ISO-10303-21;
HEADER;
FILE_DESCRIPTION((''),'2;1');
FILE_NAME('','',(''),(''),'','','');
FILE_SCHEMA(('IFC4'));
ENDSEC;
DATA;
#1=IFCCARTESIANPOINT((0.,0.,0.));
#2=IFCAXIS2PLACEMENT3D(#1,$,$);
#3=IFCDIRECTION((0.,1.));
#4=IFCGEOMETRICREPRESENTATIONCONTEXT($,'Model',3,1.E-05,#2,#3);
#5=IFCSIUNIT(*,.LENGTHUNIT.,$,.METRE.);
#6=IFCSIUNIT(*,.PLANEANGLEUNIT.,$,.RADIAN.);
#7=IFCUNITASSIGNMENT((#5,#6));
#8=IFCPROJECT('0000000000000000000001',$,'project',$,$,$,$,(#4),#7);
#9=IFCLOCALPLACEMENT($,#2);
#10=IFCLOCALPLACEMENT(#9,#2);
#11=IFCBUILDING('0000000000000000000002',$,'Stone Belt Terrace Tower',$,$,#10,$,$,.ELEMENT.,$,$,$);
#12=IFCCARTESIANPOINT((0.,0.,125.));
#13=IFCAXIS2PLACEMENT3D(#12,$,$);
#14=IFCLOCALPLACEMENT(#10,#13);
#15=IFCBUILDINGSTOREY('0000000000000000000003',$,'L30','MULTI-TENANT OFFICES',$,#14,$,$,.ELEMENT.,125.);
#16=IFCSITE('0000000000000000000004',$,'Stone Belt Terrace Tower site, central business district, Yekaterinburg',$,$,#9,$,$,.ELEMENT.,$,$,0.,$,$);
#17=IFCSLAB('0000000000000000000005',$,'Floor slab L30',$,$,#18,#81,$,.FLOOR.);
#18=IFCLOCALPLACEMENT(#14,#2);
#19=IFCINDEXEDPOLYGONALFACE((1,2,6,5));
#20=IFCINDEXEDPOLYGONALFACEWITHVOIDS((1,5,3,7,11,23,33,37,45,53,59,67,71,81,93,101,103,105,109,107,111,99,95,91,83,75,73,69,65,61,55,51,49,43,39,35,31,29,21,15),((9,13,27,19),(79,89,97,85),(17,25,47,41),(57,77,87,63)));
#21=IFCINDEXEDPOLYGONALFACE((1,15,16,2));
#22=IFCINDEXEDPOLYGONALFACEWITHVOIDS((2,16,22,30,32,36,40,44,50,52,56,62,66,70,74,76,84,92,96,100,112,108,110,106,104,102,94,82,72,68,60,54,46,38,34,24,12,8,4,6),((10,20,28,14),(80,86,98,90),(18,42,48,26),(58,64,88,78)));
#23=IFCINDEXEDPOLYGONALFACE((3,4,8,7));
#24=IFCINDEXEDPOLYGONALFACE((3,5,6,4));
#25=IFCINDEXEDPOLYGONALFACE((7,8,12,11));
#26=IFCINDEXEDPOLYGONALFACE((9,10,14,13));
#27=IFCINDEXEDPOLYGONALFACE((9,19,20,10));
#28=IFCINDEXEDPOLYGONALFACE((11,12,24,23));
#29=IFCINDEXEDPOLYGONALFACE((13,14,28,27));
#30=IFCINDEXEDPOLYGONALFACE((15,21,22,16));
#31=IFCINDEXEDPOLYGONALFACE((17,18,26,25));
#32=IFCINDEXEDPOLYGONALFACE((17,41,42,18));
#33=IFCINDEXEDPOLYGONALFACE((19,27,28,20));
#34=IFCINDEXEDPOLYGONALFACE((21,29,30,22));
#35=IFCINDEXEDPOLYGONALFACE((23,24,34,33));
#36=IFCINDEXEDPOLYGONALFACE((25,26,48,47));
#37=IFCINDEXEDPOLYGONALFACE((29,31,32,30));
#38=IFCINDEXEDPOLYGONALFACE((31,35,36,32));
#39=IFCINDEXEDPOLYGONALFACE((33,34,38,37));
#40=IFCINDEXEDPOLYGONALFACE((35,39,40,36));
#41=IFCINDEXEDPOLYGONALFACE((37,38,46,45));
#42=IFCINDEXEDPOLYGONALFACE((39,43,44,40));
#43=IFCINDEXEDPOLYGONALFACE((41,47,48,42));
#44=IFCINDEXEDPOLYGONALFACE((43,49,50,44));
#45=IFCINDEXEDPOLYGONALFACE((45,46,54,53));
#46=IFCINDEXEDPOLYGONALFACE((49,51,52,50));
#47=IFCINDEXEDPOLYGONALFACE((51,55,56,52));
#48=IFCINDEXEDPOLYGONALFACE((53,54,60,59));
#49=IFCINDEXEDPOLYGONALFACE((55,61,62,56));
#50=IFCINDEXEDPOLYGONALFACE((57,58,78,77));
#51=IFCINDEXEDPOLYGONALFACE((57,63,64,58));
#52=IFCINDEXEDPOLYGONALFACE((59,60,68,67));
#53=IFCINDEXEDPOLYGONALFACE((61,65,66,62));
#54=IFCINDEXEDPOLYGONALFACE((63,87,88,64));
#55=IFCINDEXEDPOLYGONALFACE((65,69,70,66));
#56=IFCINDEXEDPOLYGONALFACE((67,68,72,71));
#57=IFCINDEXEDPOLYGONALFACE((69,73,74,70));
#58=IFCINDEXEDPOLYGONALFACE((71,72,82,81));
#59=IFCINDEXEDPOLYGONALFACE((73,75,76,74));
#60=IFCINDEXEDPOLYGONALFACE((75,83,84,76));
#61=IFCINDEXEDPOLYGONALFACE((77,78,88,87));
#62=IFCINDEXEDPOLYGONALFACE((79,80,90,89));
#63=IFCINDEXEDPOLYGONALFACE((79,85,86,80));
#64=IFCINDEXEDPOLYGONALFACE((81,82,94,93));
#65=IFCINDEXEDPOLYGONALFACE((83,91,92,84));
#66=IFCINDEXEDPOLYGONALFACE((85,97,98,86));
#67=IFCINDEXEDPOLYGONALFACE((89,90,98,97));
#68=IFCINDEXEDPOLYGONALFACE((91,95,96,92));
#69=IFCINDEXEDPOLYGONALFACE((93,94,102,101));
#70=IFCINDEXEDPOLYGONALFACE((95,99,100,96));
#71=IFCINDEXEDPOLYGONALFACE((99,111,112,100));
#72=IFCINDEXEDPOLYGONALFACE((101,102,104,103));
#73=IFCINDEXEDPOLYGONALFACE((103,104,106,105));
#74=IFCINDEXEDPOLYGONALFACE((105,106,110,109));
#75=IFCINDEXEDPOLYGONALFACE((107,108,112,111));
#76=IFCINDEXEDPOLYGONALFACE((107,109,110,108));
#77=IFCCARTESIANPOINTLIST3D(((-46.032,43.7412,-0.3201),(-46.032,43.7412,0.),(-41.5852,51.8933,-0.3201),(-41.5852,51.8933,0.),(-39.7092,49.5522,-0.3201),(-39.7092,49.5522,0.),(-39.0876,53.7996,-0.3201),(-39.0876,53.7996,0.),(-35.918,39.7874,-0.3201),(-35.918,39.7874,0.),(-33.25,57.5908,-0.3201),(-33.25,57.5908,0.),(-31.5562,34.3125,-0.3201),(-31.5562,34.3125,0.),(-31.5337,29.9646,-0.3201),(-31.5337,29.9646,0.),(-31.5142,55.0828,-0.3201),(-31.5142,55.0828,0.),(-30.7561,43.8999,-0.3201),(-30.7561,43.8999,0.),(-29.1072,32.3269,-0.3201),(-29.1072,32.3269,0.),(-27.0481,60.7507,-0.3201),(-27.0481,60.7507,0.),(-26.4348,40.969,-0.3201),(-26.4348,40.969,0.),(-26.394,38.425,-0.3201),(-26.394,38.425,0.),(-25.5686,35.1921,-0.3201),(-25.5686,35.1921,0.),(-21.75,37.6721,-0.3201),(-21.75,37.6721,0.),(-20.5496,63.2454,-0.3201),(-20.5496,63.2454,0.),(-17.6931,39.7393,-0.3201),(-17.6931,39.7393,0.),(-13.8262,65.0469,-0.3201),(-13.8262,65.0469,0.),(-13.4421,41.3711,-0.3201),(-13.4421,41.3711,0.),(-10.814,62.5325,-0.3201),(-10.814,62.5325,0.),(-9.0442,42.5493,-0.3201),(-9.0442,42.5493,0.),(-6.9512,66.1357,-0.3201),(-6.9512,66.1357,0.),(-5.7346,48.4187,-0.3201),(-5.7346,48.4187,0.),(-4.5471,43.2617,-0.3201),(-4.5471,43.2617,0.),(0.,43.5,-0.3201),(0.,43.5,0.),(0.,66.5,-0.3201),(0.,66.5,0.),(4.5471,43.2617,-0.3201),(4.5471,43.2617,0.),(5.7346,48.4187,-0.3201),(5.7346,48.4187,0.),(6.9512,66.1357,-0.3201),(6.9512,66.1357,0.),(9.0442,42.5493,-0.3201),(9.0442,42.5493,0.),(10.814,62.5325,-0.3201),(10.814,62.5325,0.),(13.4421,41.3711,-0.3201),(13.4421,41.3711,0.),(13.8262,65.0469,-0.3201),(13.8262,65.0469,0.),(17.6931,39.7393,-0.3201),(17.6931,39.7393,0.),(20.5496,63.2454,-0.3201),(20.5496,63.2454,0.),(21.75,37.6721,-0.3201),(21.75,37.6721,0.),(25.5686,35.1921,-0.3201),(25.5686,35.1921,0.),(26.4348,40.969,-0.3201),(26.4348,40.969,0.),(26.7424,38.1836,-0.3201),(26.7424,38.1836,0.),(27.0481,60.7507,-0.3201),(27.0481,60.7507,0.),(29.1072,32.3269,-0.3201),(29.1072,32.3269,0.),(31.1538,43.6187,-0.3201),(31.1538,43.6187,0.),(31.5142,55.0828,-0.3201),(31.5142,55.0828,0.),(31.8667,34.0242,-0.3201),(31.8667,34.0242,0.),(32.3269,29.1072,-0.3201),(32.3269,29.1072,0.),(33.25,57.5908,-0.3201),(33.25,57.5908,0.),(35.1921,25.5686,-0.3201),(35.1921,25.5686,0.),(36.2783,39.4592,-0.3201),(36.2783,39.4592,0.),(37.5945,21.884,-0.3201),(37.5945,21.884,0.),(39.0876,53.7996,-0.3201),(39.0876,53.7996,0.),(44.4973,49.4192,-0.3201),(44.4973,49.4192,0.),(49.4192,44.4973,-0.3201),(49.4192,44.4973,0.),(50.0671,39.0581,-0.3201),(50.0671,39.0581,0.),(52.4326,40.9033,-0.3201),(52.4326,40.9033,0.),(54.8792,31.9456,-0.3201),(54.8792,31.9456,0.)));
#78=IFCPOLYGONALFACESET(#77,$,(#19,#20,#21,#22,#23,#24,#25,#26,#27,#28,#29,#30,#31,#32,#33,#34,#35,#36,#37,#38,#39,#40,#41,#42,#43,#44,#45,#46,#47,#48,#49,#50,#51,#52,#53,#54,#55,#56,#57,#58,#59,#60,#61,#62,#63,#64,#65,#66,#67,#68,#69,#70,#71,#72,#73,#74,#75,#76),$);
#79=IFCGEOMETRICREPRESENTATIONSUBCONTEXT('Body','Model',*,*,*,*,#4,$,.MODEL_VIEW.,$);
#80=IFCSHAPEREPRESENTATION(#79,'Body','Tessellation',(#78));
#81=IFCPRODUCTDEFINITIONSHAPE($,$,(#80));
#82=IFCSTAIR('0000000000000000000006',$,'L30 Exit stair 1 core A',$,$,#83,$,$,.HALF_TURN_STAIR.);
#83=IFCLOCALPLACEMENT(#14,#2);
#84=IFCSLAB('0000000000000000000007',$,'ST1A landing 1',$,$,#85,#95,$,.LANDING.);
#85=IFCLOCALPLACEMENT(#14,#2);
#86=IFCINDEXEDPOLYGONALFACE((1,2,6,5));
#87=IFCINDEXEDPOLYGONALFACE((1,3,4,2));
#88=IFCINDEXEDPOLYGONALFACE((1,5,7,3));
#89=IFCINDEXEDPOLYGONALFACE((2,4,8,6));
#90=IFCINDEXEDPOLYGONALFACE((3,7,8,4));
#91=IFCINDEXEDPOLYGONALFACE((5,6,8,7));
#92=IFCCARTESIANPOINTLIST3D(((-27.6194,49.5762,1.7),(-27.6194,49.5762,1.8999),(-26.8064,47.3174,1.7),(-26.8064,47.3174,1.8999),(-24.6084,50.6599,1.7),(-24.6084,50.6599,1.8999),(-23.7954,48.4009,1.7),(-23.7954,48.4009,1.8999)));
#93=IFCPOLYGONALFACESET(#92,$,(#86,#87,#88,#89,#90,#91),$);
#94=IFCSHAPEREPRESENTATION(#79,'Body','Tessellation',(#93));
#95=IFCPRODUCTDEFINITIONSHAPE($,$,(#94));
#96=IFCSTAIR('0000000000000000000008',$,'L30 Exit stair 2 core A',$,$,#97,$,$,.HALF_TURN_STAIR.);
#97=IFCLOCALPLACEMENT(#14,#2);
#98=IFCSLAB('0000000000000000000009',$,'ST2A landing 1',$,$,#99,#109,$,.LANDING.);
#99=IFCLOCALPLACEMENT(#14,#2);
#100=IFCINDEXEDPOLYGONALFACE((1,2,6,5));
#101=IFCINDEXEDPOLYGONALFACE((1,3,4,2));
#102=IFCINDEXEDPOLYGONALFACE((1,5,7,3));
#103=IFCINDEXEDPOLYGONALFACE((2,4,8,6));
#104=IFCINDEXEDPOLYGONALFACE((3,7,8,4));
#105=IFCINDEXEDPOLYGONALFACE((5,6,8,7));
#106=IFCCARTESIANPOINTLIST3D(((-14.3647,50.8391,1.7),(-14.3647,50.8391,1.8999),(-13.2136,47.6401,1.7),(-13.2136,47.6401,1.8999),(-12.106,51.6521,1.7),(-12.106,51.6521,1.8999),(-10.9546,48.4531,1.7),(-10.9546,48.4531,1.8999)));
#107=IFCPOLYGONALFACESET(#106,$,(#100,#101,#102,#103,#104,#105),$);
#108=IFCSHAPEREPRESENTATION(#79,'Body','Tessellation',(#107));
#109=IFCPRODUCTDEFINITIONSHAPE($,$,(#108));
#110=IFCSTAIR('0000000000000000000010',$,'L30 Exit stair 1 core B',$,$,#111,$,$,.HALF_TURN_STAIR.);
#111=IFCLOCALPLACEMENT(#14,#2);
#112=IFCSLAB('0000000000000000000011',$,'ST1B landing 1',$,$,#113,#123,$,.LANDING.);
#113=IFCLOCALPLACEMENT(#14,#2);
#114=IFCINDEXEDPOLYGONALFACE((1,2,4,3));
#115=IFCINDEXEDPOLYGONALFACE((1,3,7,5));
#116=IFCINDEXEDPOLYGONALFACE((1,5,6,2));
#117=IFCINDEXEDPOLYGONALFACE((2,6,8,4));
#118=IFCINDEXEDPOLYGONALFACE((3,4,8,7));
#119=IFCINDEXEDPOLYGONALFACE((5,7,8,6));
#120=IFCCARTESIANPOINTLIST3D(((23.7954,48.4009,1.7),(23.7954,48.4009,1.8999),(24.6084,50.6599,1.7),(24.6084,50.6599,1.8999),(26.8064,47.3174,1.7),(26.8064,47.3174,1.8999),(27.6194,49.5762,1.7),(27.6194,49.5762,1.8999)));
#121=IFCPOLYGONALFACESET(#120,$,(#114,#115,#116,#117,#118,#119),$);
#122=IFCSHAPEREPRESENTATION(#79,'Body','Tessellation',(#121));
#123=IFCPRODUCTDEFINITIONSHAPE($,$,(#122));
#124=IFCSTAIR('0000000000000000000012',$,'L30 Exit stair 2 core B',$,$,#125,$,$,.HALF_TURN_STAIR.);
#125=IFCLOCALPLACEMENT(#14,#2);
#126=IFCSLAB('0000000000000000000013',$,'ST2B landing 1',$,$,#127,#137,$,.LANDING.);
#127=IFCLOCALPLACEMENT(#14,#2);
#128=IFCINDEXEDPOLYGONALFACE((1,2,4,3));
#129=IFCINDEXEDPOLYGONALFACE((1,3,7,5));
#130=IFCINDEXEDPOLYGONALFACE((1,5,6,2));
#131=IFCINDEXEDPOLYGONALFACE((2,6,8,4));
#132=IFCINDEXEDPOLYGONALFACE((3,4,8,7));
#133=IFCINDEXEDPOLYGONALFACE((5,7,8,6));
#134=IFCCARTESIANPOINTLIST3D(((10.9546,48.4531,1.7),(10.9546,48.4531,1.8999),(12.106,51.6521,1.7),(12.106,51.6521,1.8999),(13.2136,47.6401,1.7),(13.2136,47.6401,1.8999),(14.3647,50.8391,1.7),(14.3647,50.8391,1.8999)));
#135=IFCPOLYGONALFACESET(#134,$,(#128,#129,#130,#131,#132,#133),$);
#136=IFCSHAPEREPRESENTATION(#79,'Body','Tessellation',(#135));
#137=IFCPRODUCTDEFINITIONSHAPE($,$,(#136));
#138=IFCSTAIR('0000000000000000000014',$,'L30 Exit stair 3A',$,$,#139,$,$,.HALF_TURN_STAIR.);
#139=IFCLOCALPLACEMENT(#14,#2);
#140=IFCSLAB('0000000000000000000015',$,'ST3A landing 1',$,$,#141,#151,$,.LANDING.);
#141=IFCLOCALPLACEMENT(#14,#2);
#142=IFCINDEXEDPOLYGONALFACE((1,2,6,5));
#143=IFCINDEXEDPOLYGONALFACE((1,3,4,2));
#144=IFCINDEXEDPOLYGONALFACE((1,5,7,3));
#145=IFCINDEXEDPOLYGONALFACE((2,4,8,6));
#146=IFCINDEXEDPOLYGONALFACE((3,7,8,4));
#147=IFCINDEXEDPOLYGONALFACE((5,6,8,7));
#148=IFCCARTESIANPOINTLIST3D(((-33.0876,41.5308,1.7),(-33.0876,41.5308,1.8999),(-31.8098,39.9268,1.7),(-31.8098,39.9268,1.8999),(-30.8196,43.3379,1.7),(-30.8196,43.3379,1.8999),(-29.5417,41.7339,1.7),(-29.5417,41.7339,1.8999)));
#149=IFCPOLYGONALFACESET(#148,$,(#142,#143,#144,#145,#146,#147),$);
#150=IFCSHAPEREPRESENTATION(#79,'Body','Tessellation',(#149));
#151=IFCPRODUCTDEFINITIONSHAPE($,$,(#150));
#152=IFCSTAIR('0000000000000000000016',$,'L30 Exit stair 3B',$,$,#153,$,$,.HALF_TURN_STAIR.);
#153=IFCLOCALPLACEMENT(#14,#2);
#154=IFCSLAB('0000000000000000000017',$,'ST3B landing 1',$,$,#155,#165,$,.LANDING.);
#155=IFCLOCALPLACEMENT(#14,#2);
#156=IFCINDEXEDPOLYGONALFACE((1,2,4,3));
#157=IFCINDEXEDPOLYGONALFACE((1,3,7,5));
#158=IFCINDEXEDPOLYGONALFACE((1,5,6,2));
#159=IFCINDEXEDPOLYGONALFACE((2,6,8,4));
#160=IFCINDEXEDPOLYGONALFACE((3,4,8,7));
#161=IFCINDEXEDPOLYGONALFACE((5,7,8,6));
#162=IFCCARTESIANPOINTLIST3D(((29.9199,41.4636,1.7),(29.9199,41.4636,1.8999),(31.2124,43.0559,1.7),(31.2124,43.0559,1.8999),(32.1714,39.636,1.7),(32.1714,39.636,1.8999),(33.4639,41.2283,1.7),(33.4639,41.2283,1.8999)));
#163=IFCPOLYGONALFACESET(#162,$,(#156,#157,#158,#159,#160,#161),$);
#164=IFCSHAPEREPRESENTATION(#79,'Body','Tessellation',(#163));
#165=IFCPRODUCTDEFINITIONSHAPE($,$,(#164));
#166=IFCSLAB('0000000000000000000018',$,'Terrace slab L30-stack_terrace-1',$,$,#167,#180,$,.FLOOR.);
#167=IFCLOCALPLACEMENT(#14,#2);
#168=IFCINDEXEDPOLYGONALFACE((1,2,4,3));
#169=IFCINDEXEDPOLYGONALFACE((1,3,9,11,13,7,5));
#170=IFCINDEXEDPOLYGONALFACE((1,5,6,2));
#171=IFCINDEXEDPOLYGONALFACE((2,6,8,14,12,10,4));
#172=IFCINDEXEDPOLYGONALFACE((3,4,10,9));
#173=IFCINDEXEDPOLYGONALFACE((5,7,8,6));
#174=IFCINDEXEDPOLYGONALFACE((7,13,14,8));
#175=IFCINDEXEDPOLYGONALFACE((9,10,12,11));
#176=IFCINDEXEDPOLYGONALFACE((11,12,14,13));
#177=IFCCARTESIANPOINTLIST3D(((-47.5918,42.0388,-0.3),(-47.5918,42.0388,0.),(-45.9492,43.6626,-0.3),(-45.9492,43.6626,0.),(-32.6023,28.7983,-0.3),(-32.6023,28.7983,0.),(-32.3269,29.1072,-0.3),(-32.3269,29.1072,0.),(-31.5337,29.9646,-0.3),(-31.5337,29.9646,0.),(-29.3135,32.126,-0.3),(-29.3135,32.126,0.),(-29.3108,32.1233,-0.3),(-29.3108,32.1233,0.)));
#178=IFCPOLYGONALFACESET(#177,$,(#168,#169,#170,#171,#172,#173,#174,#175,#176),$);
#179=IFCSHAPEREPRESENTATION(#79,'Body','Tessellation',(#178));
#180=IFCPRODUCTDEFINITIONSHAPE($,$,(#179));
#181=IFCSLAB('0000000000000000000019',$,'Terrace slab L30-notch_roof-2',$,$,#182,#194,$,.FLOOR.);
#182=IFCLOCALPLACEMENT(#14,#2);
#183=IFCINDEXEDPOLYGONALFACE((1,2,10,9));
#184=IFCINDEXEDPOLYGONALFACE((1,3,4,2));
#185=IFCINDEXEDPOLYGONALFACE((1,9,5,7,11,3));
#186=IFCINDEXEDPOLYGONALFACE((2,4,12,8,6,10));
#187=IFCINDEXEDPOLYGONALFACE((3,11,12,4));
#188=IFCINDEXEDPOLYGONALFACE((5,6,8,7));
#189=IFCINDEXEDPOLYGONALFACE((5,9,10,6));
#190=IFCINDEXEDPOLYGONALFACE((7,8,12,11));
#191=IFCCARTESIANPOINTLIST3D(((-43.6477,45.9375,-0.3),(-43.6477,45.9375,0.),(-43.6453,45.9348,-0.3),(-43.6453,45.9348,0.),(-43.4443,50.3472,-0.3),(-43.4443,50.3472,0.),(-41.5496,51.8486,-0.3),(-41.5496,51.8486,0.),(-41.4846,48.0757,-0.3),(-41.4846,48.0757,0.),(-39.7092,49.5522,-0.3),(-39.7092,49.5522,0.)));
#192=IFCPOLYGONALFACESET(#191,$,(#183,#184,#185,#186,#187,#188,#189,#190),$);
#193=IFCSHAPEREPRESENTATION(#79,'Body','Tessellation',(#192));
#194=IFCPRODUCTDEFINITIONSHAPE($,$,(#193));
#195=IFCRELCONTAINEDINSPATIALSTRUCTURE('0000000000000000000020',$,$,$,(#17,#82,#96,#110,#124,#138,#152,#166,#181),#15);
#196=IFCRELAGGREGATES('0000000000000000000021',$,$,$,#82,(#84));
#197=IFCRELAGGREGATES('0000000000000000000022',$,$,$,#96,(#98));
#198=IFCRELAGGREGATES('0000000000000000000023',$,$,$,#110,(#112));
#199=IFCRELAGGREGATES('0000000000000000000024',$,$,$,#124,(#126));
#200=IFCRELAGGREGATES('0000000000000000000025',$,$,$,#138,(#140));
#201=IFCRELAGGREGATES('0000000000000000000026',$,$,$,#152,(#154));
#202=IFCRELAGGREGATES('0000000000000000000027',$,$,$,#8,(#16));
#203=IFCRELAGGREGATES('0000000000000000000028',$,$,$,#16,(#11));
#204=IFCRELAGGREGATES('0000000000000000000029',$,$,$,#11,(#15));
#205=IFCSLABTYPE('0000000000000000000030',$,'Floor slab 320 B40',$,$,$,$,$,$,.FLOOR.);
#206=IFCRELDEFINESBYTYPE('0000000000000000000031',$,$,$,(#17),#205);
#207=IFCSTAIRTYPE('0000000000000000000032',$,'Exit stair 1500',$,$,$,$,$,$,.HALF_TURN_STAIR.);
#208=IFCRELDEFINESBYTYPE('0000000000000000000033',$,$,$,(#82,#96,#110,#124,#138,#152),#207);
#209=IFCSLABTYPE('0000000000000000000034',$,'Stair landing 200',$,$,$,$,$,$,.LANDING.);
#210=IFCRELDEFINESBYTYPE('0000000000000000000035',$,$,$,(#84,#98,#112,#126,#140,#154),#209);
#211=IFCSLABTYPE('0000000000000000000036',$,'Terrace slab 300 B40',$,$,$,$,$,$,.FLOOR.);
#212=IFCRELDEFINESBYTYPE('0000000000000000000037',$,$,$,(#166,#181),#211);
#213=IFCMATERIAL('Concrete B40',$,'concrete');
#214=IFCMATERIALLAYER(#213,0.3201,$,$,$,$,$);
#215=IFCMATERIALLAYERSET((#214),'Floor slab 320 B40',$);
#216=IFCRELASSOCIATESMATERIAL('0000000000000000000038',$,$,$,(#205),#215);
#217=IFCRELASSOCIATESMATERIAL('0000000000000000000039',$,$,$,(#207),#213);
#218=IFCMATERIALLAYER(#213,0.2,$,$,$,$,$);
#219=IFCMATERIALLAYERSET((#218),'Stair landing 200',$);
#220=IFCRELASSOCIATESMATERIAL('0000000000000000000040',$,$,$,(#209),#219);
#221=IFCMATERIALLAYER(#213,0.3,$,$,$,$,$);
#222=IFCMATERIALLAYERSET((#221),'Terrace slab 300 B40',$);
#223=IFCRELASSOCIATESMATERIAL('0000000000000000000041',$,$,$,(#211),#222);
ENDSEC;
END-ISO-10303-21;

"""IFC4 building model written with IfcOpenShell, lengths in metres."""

from ifc_helpers import new_model, si_unit, direction, frame, origin, place, context, subcontext, project, spatial, polyline, outline, extrude, material, layer, layer_set, type_object, element, aggregate, save


model = new_model("IFC4")

# Units and contexts
model_context = context("Model", 3, precision=1e-05, world=origin(), true_north=direction((0.0, 1.0)))
body_context = subcontext(model_context, "Body", "Model", "MODEL_VIEW")
ifc_project = project(units=[si_unit("LENGTHUNIT", "METRE"), si_unit("PLANEANGLEUNIT", "RADIAN")], contexts=[model_context])

# Site, building, storey
site_placement = place(None, origin())
site = spatial("IfcSite", under=ifc_project, at=site_placement, Name="Stone Belt Terrace Tower site, central business district, Yekaterinburg", CompositionType="ELEMENT", RefElevation=0.0)
building_placement = place(site_placement, origin())
building = spatial("IfcBuilding", under=site, at=building_placement, Name="Stone Belt Terrace Tower", CompositionType="ELEMENT")
storey_placement = place(building_placement, frame((0.0, 0.0, 125.0)))
storey = spatial("IfcBuildingStorey", under=building, at=storey_placement, Name="L30", Description="MULTI-TENANT OFFICES", CompositionType="ELEMENT", Elevation=125.0)

# Slab
ifc_material_1 = material(Name="Concrete B40", Category="concrete")
ifc_layer_1 = layer(ifc_material_1, 0.3201)
ifc_layer_set_1 = layer_set([ifc_layer_1], Name="Floor slab 320 B40")
slab_type_1 = type_object("IfcSlabType", Name="Floor slab 320 B40", PredefinedType="FLOOR", material=ifc_layer_set_1)
slab_1_placement = place(storey_placement, frame((0.0, 0.0, -0.3201)))
element("IfcSlab", 1, at=slab_1_placement, inside=storey, type_object=slab_type_1, Name="Floor slab L30", PredefinedType="FLOOR", context=body_context, shape_type="SweptSolid", body=[
    extrude(outline(polyline([(-39.0876, 53.7996), (-33.25, 57.5908), (-27.0481, 60.7507), (-20.5496, 63.2454), (-13.8262, 65.0469), (-6.9512, 66.1357), (0.0, 66.5), (6.9512, 66.1357), (13.8262, 65.0469), (20.5496, 63.2454), (27.0481, 60.7507), (33.25, 57.5908), (39.0876, 53.7996), (44.4973, 49.4192), (49.4192, 44.4973), (52.4326, 40.9033), (50.0671, 39.0581), (54.8792, 31.9456), (37.5945, 21.884), (35.1921, 25.5686), (32.3269, 29.1072), (29.1072, 32.3269), (25.5686, 35.1921), (21.75, 37.6721), (17.6931, 39.7393), (13.4421, 41.3711), (9.0442, 42.5493), (4.5471, 43.2617), (0.0, 43.5), (-4.5471, 43.2617), (-9.0442, 42.5493), (-13.4421, 41.3711), (-17.6931, 39.7393), (-21.75, 37.6721), (-25.5686, 35.1921), (-29.1072, 32.3269), (-31.5337, 29.9646), (-46.032, 43.7412), (-39.7092, 49.5522), (-41.5852, 51.8933), (-39.0876, 53.7996)]), holes=[polyline([(-26.4348, 40.969), (-5.7346, 48.4187), (-10.814, 62.5325), (-31.5142, 55.0828), (-26.4348, 40.969)]), polyline([(10.814, 62.5325), (5.7346, 48.4187), (26.4348, 40.969), (31.5142, 55.0828), (10.814, 62.5325)]), polyline([(-35.918, 39.7874), (-31.5562, 34.3125), (-26.394, 38.425), (-30.7561, 43.8999), (-35.918, 39.7874)]), polyline([(36.2783, 39.4592), (31.1538, 43.6187), (26.7424, 38.1836), (31.8667, 34.0242), (36.2783, 39.4592)])]), origin(), (0.0, 0.0, 1.0), 0.3201),
])

# Stairs, slabs
stair_type = type_object("IfcStairType", Name="Exit stair 1500", PredefinedType="HALF_TURN_STAIR", material=ifc_material_1)
stair_1_placement = place(storey_placement, origin())
stair_1 = element("IfcStair", 2, at=stair_1_placement, inside=storey, type_object=stair_type, Name="L30 Exit stair 1 core A", PredefinedType="HALF_TURN_STAIR")
ifc_layer_2 = layer(ifc_material_1, 0.2)
ifc_layer_set_2 = layer_set([ifc_layer_2], Name="Stair landing 200")
slab_type_2 = type_object("IfcSlabType", Name="Stair landing 200", PredefinedType="LANDING", material=ifc_layer_set_2)
slab_2_placement = place(storey_placement, frame((0.0, 0.0, 1.7)))
slab_2 = element("IfcSlab", 3, at=slab_2_placement, type_object=slab_type_2, Name="ST1A landing 1", PredefinedType="LANDING", context=body_context, shape_type="SweptSolid", body=[
    extrude(outline(polyline([(-23.7954, 48.4009), (-24.6084, 50.6599), (-27.6194, 49.5762), (-26.8064, 47.3174), (-23.7954, 48.4009)])), origin(), (0.0, 0.0, 1.0), 0.2),
])
aggregate(stair_1, [slab_2])
stair_2_placement = place(storey_placement, origin())
stair_2 = element("IfcStair", 4, at=stair_2_placement, inside=storey, type_object=stair_type, Name="L30 Exit stair 2 core A", PredefinedType="HALF_TURN_STAIR")
slab_3_placement = place(storey_placement, frame((0.0, 0.0, 1.7)))
slab_3 = element("IfcSlab", 5, at=slab_3_placement, type_object=slab_type_2, Name="ST2A landing 1", PredefinedType="LANDING", context=body_context, shape_type="SweptSolid", body=[
    extrude(outline(polyline([(-13.2136, 47.6401), (-10.9546, 48.4531), (-12.106, 51.6521), (-14.3647, 50.8391), (-13.2136, 47.6401)])), origin(), (0.0, 0.0, 1.0), 0.2),
])
aggregate(stair_2, [slab_3])
stair_3_placement = place(storey_placement, origin())
stair_3 = element("IfcStair", 6, at=stair_3_placement, inside=storey, type_object=stair_type, Name="L30 Exit stair 1 core B", PredefinedType="HALF_TURN_STAIR")
slab_4_placement = place(storey_placement, frame((0.0, 0.0, 1.7)))
slab_4 = element("IfcSlab", 7, at=slab_4_placement, type_object=slab_type_2, Name="ST1B landing 1", PredefinedType="LANDING", context=body_context, shape_type="SweptSolid", body=[
    extrude(outline(polyline([(26.8064, 47.3174), (27.6194, 49.5762), (24.6084, 50.6599), (23.7954, 48.4009), (26.8064, 47.3174)])), origin(), (0.0, 0.0, 1.0), 0.2),
])
aggregate(stair_3, [slab_4])
stair_4_placement = place(storey_placement, origin())
stair_4 = element("IfcStair", 8, at=stair_4_placement, inside=storey, type_object=stair_type, Name="L30 Exit stair 2 core B", PredefinedType="HALF_TURN_STAIR")
slab_5_placement = place(storey_placement, frame((0.0, 0.0, 1.7)))
slab_5 = element("IfcSlab", 9, at=slab_5_placement, type_object=slab_type_2, Name="ST2B landing 1", PredefinedType="LANDING", context=body_context, shape_type="SweptSolid", body=[
    extrude(outline(polyline([(14.3647, 50.8391), (12.106, 51.6521), (10.9546, 48.4531), (13.2136, 47.6401), (14.3647, 50.8391)])), origin(), (0.0, 0.0, 1.0), 0.2),
])
aggregate(stair_4, [slab_5])
stair_5_placement = place(storey_placement, origin())
stair_5 = element("IfcStair", 10, at=stair_5_placement, inside=storey, type_object=stair_type, Name="L30 Exit stair 3A", PredefinedType="HALF_TURN_STAIR")
slab_6_placement = place(storey_placement, frame((0.0, 0.0, 1.7)))
slab_6 = element("IfcSlab", 11, at=slab_6_placement, type_object=slab_type_2, Name="ST3A landing 1", PredefinedType="LANDING", context=body_context, shape_type="SweptSolid", body=[
    extrude(outline(polyline([(-29.5417, 41.7339), (-30.8196, 43.3379), (-33.0876, 41.5308), (-31.8098, 39.9268), (-29.5417, 41.7339)])), origin(), (0.0, 0.0, 1.0), 0.2),
])
aggregate(stair_5, [slab_6])
stair_6_placement = place(storey_placement, origin())
stair_6 = element("IfcStair", 12, at=stair_6_placement, inside=storey, type_object=stair_type, Name="L30 Exit stair 3B", PredefinedType="HALF_TURN_STAIR")
slab_7_placement = place(storey_placement, frame((0.0, 0.0, 1.7)))
slab_7 = element("IfcSlab", 13, at=slab_7_placement, type_object=slab_type_2, Name="ST3B landing 1", PredefinedType="LANDING", context=body_context, shape_type="SweptSolid", body=[
    extrude(outline(polyline([(32.1714, 39.636), (33.4639, 41.2283), (31.2124, 43.0559), (29.9199, 41.4636), (32.1714, 39.636)])), origin(), (0.0, 0.0, 1.0), 0.2),
])
aggregate(stair_6, [slab_7])

# Slabs
ifc_layer_3 = layer(ifc_material_1, 0.3)
ifc_layer_set_3 = layer_set([ifc_layer_3], Name="Terrace slab 300 B40")
slab_type_3 = type_object("IfcSlabType", Name="Terrace slab 300 B40", PredefinedType="FLOOR", material=ifc_layer_set_3)
slab_8_placement = place(storey_placement, frame((0.0, 0.0, -0.3)))
element("IfcSlab", 14, at=slab_8_placement, inside=storey, type_object=slab_type_3, Name="Terrace slab L30-stack_terrace-1", PredefinedType="FLOOR", context=body_context, shape_type="SweptSolid", body=[
    extrude(outline(polyline([(-32.6023, 28.7983), (-32.3269, 29.1072), (-29.3108, 32.1233), (-29.3135, 32.126), (-31.5337, 29.9646), (-45.9492, 43.6626), (-47.5918, 42.0388), (-32.6023, 28.7983)])), origin(), (0.0, 0.0, 1.0), 0.3),
])
slab_9_placement = place(storey_placement, frame((0.0, 0.0, -0.3)))
element("IfcSlab", 15, at=slab_9_placement, inside=storey, type_object=slab_type_3, Name="Terrace slab L30-notch_roof-2", PredefinedType="FLOOR", context=body_context, shape_type="SweptSolid", body=[
    extrude(outline(polyline([(-43.4443, 50.3472), (-41.4846, 48.0757), (-43.6477, 45.9375), (-43.6453, 45.9348), (-39.7092, 49.5522), (-41.5496, 51.8486), (-43.4443, 50.3472)])), origin(), (0.0, 0.0, 1.0), 0.3),
])

save(model, "model.ifc")
